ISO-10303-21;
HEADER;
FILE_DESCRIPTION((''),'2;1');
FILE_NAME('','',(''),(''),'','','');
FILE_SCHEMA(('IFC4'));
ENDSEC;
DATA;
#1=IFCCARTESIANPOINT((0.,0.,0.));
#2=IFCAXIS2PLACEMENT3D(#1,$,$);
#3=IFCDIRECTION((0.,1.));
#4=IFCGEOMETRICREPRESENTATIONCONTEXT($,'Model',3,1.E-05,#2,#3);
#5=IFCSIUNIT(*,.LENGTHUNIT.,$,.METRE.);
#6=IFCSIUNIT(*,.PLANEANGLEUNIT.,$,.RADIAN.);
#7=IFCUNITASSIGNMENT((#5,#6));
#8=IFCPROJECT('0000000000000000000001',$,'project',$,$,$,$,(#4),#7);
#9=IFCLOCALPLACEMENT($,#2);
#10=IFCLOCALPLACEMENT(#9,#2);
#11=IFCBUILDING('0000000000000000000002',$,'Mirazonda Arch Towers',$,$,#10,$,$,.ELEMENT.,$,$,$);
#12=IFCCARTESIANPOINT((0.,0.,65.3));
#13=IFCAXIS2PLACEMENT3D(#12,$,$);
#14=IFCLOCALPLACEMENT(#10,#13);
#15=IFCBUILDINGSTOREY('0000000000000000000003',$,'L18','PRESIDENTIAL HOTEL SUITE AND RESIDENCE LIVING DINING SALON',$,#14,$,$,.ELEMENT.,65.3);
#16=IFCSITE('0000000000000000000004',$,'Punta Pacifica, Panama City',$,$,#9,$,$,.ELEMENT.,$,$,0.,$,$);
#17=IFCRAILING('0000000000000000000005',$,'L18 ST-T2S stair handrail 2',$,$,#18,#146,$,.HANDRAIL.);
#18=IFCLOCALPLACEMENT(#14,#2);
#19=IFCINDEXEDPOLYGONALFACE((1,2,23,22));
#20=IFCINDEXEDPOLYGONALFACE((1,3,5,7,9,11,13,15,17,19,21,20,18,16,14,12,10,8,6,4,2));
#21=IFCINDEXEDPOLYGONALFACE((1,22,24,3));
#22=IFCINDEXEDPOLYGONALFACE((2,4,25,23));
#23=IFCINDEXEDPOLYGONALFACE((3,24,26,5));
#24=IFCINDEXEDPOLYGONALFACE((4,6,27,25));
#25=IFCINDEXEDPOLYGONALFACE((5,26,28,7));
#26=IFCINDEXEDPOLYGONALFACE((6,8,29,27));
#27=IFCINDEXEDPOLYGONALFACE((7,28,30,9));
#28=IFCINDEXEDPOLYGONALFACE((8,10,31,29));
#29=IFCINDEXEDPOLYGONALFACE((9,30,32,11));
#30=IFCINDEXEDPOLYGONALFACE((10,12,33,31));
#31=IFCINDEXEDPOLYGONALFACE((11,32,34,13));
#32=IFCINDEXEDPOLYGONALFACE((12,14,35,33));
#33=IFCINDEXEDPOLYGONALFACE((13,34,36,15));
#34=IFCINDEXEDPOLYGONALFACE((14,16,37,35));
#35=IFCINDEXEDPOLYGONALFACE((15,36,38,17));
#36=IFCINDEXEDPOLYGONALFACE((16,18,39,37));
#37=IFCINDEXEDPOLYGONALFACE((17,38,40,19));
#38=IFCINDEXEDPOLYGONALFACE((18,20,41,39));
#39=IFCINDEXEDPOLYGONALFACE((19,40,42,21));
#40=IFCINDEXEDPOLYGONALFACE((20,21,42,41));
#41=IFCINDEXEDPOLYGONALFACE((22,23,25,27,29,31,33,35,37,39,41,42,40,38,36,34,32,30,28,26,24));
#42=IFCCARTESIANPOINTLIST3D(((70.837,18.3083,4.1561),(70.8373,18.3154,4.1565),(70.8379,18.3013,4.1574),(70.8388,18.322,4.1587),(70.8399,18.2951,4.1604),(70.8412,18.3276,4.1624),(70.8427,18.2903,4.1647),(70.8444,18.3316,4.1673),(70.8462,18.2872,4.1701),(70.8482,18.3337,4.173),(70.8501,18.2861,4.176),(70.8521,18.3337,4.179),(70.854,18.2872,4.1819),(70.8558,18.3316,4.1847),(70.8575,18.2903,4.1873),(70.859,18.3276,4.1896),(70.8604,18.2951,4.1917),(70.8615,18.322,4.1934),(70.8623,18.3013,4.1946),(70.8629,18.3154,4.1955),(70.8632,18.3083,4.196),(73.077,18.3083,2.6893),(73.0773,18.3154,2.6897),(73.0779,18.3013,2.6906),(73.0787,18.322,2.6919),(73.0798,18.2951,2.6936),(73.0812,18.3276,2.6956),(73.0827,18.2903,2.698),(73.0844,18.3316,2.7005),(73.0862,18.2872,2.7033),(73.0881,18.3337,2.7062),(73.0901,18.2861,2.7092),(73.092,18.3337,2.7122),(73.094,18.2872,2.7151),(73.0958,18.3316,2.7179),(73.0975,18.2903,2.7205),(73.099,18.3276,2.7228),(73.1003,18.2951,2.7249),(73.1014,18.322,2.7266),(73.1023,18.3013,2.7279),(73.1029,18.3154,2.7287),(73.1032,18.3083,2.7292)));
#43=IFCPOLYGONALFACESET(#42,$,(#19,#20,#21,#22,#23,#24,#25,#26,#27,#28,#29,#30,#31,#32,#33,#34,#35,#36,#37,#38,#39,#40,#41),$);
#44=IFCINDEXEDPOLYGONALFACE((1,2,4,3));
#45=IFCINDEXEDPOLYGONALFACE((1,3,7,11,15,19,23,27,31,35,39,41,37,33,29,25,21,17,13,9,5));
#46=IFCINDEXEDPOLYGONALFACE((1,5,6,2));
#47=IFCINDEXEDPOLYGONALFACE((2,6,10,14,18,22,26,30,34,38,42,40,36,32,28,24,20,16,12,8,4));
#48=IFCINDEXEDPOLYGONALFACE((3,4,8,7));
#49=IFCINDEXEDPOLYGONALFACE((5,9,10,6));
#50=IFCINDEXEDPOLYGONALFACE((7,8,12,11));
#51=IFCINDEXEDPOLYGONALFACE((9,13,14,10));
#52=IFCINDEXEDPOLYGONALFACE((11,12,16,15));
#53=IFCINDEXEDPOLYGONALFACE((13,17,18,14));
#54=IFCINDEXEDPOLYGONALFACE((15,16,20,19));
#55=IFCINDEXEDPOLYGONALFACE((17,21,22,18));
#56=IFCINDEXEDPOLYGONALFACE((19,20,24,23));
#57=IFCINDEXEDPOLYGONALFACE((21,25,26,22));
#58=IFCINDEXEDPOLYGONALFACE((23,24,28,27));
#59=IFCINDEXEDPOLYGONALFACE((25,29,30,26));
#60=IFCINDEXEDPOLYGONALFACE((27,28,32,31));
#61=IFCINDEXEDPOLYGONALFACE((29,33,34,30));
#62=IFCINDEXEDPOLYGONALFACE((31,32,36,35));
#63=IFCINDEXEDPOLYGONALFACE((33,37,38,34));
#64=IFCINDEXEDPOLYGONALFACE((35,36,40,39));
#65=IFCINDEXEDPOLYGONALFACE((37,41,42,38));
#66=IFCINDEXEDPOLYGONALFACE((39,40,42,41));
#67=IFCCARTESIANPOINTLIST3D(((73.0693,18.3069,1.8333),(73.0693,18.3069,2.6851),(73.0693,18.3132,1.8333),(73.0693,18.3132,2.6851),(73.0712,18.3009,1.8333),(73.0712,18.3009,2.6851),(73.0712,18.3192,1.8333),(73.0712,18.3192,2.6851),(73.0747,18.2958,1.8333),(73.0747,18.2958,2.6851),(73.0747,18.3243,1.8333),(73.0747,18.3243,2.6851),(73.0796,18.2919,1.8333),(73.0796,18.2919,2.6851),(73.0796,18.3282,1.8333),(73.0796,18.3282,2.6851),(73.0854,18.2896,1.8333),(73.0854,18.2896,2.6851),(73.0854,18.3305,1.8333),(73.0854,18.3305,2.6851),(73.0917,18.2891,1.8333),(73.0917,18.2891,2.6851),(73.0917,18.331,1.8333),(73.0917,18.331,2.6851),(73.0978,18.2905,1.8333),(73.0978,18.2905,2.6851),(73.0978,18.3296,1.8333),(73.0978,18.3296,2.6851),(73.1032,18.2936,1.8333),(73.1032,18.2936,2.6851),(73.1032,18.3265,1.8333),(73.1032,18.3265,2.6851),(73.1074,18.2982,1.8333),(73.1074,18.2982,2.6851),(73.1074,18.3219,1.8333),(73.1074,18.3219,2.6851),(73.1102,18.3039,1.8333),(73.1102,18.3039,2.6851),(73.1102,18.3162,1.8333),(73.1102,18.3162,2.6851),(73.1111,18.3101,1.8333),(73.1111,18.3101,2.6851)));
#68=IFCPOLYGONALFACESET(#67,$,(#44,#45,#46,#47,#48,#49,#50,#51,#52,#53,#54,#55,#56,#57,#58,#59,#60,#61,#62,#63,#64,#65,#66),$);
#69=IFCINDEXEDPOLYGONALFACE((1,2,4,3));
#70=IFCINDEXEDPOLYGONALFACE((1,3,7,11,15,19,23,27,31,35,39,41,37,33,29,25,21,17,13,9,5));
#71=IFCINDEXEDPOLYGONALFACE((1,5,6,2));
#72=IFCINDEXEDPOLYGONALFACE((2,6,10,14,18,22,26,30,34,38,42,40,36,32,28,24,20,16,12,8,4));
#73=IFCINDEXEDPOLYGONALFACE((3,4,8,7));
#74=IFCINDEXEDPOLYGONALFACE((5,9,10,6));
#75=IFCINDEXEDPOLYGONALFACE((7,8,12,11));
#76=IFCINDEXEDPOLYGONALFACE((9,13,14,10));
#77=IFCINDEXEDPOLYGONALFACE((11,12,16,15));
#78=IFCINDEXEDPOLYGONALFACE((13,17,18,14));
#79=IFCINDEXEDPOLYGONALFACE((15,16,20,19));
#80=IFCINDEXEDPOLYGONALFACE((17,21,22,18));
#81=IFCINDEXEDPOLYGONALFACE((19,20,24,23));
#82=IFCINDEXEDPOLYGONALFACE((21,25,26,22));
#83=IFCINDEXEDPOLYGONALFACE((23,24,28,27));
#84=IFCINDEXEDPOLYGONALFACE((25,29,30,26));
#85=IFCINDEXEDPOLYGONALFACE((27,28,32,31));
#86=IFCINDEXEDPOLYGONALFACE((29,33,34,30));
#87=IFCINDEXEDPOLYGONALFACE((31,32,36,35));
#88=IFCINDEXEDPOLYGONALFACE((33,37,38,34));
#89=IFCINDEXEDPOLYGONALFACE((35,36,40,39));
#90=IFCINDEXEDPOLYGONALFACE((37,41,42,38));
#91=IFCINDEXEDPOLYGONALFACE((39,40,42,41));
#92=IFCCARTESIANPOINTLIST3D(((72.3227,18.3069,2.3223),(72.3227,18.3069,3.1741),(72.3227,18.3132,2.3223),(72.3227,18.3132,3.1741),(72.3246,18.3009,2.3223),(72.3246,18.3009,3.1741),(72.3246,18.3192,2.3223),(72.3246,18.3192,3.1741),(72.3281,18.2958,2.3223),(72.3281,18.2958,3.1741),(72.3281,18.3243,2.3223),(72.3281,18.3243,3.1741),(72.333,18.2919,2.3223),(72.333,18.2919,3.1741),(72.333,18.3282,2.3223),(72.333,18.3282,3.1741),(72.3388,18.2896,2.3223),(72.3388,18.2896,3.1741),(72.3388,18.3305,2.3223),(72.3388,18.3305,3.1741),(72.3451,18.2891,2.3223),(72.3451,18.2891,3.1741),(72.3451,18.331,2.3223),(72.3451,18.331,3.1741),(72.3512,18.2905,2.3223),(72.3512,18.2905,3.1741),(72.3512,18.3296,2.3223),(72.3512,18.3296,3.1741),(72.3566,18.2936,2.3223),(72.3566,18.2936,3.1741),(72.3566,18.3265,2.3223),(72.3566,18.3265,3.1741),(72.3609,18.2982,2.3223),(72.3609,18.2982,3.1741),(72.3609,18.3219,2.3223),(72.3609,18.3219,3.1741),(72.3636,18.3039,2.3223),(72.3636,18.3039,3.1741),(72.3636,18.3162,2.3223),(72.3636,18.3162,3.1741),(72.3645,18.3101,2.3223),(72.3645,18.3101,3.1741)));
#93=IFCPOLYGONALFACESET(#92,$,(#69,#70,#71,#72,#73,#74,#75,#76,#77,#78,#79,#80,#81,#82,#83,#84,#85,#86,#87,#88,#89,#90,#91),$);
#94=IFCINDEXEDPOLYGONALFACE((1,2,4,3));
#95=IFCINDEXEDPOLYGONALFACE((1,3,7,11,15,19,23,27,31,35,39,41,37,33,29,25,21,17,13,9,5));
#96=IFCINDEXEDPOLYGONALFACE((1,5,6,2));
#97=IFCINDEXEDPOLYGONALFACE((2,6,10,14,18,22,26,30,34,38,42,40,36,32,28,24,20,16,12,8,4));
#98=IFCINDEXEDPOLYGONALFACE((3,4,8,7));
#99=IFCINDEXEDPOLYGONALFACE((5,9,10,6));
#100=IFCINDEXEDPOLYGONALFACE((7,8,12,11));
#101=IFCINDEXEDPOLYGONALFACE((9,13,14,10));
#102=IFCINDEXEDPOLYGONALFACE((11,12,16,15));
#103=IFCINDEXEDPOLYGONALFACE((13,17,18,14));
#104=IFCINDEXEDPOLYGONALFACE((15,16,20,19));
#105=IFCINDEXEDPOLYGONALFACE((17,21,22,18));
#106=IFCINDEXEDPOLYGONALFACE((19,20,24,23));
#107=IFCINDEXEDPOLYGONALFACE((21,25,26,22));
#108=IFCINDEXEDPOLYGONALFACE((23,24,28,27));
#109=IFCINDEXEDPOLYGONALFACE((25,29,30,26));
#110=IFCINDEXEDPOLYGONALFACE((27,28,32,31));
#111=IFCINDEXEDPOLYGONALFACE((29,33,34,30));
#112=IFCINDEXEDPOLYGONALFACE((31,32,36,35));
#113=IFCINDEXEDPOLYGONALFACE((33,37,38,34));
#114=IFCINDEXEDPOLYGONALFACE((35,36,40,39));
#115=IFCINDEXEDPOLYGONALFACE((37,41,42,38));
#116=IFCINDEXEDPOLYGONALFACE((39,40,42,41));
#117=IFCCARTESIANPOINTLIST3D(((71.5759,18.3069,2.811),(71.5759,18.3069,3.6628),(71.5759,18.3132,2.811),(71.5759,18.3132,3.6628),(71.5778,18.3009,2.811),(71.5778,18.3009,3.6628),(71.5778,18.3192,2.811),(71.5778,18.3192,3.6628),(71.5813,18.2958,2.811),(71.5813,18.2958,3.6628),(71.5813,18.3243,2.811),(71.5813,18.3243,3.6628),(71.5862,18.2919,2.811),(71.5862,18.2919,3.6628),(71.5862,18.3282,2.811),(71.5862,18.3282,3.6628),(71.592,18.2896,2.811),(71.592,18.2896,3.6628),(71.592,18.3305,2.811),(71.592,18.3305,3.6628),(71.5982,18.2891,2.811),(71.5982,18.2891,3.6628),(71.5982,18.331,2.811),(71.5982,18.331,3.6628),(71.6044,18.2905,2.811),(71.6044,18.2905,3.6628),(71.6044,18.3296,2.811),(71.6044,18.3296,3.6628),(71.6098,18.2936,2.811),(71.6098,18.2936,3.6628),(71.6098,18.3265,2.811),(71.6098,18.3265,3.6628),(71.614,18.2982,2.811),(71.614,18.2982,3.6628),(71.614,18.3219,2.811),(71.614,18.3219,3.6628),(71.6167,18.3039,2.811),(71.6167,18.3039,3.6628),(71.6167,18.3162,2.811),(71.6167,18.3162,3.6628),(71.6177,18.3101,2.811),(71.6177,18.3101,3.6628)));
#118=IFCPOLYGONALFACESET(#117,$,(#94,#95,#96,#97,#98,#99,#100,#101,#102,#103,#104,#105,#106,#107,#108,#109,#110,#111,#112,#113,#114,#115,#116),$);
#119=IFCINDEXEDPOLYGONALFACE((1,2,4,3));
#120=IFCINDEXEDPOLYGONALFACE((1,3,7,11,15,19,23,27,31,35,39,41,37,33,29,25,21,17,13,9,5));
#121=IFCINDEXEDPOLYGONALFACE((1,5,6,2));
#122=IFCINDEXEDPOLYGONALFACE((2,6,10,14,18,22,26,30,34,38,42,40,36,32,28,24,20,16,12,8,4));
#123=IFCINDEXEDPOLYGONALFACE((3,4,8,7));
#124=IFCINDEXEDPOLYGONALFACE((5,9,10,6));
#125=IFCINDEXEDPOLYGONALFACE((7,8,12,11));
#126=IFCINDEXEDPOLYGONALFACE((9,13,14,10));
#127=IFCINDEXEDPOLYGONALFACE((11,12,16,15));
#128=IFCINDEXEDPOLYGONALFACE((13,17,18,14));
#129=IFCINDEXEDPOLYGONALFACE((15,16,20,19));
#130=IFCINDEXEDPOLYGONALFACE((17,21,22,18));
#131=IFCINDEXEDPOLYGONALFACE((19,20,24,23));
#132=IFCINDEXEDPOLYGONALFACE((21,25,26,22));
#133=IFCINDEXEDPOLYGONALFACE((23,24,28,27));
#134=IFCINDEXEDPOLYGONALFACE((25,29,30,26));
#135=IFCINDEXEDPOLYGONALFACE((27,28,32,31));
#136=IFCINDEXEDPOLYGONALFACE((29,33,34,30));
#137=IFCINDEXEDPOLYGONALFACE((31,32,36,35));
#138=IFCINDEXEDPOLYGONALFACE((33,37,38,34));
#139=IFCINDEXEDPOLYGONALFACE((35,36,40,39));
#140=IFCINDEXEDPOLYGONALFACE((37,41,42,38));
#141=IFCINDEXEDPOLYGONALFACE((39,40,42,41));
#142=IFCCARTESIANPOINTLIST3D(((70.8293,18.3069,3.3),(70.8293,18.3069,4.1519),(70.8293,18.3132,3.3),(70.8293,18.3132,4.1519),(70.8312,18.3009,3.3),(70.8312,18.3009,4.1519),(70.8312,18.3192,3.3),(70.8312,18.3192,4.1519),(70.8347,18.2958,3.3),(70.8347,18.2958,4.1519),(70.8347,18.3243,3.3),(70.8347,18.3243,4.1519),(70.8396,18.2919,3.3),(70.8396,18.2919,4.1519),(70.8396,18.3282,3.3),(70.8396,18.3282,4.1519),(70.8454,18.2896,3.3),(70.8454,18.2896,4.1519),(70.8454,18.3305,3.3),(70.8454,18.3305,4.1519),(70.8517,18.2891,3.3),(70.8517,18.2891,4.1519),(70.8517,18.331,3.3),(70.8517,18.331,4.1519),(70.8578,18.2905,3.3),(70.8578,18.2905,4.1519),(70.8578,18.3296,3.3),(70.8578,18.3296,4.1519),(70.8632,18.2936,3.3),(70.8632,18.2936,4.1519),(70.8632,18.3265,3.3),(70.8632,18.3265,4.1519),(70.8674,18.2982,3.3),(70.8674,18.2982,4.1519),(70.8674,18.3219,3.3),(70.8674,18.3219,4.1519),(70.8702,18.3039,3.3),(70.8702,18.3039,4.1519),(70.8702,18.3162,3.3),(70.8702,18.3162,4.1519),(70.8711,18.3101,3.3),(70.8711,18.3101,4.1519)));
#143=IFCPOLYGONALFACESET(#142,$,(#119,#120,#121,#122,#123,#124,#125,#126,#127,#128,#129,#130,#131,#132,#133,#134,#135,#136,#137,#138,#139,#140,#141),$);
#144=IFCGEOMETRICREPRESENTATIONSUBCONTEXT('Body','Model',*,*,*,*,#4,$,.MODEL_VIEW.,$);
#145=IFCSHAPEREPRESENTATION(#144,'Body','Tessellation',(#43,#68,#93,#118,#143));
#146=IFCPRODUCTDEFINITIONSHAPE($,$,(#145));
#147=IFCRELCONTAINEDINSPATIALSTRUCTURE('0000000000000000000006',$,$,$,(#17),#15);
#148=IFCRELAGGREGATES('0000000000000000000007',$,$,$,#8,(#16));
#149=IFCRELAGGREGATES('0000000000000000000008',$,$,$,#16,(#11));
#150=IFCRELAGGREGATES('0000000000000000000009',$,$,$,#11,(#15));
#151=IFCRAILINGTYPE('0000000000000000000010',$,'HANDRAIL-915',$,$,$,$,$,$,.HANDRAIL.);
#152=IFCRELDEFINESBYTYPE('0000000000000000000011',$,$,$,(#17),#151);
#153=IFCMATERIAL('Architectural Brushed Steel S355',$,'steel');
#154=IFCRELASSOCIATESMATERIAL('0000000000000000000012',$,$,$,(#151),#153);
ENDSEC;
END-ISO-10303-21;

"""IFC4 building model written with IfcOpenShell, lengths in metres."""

from ifc_helpers import new_model, si_unit, direction, frame, origin, origin_2d, place, context, subcontext, project, spatial, circle, extrude, material, type_object, element, save


model = new_model("IFC4")

# Units and contexts
model_context = context("Model", 3, precision=1e-05, world=origin(), true_north=direction((0.0, 1.0)))
body_context = subcontext(model_context, "Body", "Model", "MODEL_VIEW")
ifc_project = project(units=[si_unit("LENGTHUNIT", "METRE"), si_unit("PLANEANGLEUNIT", "RADIAN")], contexts=[model_context])

# Site, building, storey
site_placement = place(None, origin())
site = spatial("IfcSite", under=ifc_project, at=site_placement, Name="Punta Pacifica, Panama City", CompositionType="ELEMENT", RefElevation=0.0)
building_placement = place(site_placement, origin())
building = spatial("IfcBuilding", under=site, at=building_placement, Name="Mirazonda Arch Towers", CompositionType="ELEMENT")
storey_placement = place(building_placement, frame((0.0, 0.0, 65.3)))
storey = spatial("IfcBuildingStorey", under=building, at=storey_placement, Name="L18", Description="PRESIDENTIAL HOTEL SUITE AND RESIDENCE LIVING DINING SALON", CompositionType="ELEMENT", Elevation=65.3)

# Railing
ifc_material_1 = material(Name="Architectural Brushed Steel S355", Category="steel")
railing_type_1 = type_object("IfcRailingType", Name="HANDRAIL-915", PredefinedType="HANDRAIL", material=ifc_material_1)
railing_1_placement = place(storey_placement, frame((73.0901, 18.3101, 1.8333)))
element("IfcRailing", 1, at=railing_1_placement, inside=storey, type_object=railing_type_1, Name="L18 ST-T2S stair handrail 2", PredefinedType="HANDRAIL", context=body_context, shape_type="SweptSolid", body=[
    extrude(circle(Radius=0.0239, at=origin_2d()), frame((0.0, 0.0, 0.876), z_axis=(-0.836595, 0.0, 0.547822), x_axis=(0.0, -1.0, 0.0)), (0.0, 0.0, 1.0), 2.6775),
    extrude(circle(Radius=0.021, at=origin_2d()), origin(), (0.0, 0.0, 1.0), 0.8518),
    extrude(circle(Radius=0.021, at=origin_2d()), frame((-0.7466, 0.0, 0.489)), (0.0, 0.0, 1.0), 0.8518),
    extrude(circle(Radius=0.021, at=origin_2d()), frame((-1.4934, 0.0, 0.9778)), (0.0, 0.0, 1.0), 0.8518),
    extrude(circle(Radius=0.021, at=origin_2d()), frame((-2.24, 0.0, 1.4668)), (0.0, 0.0, 1.0), 0.8518),
])

save(model, "model.ifc")
